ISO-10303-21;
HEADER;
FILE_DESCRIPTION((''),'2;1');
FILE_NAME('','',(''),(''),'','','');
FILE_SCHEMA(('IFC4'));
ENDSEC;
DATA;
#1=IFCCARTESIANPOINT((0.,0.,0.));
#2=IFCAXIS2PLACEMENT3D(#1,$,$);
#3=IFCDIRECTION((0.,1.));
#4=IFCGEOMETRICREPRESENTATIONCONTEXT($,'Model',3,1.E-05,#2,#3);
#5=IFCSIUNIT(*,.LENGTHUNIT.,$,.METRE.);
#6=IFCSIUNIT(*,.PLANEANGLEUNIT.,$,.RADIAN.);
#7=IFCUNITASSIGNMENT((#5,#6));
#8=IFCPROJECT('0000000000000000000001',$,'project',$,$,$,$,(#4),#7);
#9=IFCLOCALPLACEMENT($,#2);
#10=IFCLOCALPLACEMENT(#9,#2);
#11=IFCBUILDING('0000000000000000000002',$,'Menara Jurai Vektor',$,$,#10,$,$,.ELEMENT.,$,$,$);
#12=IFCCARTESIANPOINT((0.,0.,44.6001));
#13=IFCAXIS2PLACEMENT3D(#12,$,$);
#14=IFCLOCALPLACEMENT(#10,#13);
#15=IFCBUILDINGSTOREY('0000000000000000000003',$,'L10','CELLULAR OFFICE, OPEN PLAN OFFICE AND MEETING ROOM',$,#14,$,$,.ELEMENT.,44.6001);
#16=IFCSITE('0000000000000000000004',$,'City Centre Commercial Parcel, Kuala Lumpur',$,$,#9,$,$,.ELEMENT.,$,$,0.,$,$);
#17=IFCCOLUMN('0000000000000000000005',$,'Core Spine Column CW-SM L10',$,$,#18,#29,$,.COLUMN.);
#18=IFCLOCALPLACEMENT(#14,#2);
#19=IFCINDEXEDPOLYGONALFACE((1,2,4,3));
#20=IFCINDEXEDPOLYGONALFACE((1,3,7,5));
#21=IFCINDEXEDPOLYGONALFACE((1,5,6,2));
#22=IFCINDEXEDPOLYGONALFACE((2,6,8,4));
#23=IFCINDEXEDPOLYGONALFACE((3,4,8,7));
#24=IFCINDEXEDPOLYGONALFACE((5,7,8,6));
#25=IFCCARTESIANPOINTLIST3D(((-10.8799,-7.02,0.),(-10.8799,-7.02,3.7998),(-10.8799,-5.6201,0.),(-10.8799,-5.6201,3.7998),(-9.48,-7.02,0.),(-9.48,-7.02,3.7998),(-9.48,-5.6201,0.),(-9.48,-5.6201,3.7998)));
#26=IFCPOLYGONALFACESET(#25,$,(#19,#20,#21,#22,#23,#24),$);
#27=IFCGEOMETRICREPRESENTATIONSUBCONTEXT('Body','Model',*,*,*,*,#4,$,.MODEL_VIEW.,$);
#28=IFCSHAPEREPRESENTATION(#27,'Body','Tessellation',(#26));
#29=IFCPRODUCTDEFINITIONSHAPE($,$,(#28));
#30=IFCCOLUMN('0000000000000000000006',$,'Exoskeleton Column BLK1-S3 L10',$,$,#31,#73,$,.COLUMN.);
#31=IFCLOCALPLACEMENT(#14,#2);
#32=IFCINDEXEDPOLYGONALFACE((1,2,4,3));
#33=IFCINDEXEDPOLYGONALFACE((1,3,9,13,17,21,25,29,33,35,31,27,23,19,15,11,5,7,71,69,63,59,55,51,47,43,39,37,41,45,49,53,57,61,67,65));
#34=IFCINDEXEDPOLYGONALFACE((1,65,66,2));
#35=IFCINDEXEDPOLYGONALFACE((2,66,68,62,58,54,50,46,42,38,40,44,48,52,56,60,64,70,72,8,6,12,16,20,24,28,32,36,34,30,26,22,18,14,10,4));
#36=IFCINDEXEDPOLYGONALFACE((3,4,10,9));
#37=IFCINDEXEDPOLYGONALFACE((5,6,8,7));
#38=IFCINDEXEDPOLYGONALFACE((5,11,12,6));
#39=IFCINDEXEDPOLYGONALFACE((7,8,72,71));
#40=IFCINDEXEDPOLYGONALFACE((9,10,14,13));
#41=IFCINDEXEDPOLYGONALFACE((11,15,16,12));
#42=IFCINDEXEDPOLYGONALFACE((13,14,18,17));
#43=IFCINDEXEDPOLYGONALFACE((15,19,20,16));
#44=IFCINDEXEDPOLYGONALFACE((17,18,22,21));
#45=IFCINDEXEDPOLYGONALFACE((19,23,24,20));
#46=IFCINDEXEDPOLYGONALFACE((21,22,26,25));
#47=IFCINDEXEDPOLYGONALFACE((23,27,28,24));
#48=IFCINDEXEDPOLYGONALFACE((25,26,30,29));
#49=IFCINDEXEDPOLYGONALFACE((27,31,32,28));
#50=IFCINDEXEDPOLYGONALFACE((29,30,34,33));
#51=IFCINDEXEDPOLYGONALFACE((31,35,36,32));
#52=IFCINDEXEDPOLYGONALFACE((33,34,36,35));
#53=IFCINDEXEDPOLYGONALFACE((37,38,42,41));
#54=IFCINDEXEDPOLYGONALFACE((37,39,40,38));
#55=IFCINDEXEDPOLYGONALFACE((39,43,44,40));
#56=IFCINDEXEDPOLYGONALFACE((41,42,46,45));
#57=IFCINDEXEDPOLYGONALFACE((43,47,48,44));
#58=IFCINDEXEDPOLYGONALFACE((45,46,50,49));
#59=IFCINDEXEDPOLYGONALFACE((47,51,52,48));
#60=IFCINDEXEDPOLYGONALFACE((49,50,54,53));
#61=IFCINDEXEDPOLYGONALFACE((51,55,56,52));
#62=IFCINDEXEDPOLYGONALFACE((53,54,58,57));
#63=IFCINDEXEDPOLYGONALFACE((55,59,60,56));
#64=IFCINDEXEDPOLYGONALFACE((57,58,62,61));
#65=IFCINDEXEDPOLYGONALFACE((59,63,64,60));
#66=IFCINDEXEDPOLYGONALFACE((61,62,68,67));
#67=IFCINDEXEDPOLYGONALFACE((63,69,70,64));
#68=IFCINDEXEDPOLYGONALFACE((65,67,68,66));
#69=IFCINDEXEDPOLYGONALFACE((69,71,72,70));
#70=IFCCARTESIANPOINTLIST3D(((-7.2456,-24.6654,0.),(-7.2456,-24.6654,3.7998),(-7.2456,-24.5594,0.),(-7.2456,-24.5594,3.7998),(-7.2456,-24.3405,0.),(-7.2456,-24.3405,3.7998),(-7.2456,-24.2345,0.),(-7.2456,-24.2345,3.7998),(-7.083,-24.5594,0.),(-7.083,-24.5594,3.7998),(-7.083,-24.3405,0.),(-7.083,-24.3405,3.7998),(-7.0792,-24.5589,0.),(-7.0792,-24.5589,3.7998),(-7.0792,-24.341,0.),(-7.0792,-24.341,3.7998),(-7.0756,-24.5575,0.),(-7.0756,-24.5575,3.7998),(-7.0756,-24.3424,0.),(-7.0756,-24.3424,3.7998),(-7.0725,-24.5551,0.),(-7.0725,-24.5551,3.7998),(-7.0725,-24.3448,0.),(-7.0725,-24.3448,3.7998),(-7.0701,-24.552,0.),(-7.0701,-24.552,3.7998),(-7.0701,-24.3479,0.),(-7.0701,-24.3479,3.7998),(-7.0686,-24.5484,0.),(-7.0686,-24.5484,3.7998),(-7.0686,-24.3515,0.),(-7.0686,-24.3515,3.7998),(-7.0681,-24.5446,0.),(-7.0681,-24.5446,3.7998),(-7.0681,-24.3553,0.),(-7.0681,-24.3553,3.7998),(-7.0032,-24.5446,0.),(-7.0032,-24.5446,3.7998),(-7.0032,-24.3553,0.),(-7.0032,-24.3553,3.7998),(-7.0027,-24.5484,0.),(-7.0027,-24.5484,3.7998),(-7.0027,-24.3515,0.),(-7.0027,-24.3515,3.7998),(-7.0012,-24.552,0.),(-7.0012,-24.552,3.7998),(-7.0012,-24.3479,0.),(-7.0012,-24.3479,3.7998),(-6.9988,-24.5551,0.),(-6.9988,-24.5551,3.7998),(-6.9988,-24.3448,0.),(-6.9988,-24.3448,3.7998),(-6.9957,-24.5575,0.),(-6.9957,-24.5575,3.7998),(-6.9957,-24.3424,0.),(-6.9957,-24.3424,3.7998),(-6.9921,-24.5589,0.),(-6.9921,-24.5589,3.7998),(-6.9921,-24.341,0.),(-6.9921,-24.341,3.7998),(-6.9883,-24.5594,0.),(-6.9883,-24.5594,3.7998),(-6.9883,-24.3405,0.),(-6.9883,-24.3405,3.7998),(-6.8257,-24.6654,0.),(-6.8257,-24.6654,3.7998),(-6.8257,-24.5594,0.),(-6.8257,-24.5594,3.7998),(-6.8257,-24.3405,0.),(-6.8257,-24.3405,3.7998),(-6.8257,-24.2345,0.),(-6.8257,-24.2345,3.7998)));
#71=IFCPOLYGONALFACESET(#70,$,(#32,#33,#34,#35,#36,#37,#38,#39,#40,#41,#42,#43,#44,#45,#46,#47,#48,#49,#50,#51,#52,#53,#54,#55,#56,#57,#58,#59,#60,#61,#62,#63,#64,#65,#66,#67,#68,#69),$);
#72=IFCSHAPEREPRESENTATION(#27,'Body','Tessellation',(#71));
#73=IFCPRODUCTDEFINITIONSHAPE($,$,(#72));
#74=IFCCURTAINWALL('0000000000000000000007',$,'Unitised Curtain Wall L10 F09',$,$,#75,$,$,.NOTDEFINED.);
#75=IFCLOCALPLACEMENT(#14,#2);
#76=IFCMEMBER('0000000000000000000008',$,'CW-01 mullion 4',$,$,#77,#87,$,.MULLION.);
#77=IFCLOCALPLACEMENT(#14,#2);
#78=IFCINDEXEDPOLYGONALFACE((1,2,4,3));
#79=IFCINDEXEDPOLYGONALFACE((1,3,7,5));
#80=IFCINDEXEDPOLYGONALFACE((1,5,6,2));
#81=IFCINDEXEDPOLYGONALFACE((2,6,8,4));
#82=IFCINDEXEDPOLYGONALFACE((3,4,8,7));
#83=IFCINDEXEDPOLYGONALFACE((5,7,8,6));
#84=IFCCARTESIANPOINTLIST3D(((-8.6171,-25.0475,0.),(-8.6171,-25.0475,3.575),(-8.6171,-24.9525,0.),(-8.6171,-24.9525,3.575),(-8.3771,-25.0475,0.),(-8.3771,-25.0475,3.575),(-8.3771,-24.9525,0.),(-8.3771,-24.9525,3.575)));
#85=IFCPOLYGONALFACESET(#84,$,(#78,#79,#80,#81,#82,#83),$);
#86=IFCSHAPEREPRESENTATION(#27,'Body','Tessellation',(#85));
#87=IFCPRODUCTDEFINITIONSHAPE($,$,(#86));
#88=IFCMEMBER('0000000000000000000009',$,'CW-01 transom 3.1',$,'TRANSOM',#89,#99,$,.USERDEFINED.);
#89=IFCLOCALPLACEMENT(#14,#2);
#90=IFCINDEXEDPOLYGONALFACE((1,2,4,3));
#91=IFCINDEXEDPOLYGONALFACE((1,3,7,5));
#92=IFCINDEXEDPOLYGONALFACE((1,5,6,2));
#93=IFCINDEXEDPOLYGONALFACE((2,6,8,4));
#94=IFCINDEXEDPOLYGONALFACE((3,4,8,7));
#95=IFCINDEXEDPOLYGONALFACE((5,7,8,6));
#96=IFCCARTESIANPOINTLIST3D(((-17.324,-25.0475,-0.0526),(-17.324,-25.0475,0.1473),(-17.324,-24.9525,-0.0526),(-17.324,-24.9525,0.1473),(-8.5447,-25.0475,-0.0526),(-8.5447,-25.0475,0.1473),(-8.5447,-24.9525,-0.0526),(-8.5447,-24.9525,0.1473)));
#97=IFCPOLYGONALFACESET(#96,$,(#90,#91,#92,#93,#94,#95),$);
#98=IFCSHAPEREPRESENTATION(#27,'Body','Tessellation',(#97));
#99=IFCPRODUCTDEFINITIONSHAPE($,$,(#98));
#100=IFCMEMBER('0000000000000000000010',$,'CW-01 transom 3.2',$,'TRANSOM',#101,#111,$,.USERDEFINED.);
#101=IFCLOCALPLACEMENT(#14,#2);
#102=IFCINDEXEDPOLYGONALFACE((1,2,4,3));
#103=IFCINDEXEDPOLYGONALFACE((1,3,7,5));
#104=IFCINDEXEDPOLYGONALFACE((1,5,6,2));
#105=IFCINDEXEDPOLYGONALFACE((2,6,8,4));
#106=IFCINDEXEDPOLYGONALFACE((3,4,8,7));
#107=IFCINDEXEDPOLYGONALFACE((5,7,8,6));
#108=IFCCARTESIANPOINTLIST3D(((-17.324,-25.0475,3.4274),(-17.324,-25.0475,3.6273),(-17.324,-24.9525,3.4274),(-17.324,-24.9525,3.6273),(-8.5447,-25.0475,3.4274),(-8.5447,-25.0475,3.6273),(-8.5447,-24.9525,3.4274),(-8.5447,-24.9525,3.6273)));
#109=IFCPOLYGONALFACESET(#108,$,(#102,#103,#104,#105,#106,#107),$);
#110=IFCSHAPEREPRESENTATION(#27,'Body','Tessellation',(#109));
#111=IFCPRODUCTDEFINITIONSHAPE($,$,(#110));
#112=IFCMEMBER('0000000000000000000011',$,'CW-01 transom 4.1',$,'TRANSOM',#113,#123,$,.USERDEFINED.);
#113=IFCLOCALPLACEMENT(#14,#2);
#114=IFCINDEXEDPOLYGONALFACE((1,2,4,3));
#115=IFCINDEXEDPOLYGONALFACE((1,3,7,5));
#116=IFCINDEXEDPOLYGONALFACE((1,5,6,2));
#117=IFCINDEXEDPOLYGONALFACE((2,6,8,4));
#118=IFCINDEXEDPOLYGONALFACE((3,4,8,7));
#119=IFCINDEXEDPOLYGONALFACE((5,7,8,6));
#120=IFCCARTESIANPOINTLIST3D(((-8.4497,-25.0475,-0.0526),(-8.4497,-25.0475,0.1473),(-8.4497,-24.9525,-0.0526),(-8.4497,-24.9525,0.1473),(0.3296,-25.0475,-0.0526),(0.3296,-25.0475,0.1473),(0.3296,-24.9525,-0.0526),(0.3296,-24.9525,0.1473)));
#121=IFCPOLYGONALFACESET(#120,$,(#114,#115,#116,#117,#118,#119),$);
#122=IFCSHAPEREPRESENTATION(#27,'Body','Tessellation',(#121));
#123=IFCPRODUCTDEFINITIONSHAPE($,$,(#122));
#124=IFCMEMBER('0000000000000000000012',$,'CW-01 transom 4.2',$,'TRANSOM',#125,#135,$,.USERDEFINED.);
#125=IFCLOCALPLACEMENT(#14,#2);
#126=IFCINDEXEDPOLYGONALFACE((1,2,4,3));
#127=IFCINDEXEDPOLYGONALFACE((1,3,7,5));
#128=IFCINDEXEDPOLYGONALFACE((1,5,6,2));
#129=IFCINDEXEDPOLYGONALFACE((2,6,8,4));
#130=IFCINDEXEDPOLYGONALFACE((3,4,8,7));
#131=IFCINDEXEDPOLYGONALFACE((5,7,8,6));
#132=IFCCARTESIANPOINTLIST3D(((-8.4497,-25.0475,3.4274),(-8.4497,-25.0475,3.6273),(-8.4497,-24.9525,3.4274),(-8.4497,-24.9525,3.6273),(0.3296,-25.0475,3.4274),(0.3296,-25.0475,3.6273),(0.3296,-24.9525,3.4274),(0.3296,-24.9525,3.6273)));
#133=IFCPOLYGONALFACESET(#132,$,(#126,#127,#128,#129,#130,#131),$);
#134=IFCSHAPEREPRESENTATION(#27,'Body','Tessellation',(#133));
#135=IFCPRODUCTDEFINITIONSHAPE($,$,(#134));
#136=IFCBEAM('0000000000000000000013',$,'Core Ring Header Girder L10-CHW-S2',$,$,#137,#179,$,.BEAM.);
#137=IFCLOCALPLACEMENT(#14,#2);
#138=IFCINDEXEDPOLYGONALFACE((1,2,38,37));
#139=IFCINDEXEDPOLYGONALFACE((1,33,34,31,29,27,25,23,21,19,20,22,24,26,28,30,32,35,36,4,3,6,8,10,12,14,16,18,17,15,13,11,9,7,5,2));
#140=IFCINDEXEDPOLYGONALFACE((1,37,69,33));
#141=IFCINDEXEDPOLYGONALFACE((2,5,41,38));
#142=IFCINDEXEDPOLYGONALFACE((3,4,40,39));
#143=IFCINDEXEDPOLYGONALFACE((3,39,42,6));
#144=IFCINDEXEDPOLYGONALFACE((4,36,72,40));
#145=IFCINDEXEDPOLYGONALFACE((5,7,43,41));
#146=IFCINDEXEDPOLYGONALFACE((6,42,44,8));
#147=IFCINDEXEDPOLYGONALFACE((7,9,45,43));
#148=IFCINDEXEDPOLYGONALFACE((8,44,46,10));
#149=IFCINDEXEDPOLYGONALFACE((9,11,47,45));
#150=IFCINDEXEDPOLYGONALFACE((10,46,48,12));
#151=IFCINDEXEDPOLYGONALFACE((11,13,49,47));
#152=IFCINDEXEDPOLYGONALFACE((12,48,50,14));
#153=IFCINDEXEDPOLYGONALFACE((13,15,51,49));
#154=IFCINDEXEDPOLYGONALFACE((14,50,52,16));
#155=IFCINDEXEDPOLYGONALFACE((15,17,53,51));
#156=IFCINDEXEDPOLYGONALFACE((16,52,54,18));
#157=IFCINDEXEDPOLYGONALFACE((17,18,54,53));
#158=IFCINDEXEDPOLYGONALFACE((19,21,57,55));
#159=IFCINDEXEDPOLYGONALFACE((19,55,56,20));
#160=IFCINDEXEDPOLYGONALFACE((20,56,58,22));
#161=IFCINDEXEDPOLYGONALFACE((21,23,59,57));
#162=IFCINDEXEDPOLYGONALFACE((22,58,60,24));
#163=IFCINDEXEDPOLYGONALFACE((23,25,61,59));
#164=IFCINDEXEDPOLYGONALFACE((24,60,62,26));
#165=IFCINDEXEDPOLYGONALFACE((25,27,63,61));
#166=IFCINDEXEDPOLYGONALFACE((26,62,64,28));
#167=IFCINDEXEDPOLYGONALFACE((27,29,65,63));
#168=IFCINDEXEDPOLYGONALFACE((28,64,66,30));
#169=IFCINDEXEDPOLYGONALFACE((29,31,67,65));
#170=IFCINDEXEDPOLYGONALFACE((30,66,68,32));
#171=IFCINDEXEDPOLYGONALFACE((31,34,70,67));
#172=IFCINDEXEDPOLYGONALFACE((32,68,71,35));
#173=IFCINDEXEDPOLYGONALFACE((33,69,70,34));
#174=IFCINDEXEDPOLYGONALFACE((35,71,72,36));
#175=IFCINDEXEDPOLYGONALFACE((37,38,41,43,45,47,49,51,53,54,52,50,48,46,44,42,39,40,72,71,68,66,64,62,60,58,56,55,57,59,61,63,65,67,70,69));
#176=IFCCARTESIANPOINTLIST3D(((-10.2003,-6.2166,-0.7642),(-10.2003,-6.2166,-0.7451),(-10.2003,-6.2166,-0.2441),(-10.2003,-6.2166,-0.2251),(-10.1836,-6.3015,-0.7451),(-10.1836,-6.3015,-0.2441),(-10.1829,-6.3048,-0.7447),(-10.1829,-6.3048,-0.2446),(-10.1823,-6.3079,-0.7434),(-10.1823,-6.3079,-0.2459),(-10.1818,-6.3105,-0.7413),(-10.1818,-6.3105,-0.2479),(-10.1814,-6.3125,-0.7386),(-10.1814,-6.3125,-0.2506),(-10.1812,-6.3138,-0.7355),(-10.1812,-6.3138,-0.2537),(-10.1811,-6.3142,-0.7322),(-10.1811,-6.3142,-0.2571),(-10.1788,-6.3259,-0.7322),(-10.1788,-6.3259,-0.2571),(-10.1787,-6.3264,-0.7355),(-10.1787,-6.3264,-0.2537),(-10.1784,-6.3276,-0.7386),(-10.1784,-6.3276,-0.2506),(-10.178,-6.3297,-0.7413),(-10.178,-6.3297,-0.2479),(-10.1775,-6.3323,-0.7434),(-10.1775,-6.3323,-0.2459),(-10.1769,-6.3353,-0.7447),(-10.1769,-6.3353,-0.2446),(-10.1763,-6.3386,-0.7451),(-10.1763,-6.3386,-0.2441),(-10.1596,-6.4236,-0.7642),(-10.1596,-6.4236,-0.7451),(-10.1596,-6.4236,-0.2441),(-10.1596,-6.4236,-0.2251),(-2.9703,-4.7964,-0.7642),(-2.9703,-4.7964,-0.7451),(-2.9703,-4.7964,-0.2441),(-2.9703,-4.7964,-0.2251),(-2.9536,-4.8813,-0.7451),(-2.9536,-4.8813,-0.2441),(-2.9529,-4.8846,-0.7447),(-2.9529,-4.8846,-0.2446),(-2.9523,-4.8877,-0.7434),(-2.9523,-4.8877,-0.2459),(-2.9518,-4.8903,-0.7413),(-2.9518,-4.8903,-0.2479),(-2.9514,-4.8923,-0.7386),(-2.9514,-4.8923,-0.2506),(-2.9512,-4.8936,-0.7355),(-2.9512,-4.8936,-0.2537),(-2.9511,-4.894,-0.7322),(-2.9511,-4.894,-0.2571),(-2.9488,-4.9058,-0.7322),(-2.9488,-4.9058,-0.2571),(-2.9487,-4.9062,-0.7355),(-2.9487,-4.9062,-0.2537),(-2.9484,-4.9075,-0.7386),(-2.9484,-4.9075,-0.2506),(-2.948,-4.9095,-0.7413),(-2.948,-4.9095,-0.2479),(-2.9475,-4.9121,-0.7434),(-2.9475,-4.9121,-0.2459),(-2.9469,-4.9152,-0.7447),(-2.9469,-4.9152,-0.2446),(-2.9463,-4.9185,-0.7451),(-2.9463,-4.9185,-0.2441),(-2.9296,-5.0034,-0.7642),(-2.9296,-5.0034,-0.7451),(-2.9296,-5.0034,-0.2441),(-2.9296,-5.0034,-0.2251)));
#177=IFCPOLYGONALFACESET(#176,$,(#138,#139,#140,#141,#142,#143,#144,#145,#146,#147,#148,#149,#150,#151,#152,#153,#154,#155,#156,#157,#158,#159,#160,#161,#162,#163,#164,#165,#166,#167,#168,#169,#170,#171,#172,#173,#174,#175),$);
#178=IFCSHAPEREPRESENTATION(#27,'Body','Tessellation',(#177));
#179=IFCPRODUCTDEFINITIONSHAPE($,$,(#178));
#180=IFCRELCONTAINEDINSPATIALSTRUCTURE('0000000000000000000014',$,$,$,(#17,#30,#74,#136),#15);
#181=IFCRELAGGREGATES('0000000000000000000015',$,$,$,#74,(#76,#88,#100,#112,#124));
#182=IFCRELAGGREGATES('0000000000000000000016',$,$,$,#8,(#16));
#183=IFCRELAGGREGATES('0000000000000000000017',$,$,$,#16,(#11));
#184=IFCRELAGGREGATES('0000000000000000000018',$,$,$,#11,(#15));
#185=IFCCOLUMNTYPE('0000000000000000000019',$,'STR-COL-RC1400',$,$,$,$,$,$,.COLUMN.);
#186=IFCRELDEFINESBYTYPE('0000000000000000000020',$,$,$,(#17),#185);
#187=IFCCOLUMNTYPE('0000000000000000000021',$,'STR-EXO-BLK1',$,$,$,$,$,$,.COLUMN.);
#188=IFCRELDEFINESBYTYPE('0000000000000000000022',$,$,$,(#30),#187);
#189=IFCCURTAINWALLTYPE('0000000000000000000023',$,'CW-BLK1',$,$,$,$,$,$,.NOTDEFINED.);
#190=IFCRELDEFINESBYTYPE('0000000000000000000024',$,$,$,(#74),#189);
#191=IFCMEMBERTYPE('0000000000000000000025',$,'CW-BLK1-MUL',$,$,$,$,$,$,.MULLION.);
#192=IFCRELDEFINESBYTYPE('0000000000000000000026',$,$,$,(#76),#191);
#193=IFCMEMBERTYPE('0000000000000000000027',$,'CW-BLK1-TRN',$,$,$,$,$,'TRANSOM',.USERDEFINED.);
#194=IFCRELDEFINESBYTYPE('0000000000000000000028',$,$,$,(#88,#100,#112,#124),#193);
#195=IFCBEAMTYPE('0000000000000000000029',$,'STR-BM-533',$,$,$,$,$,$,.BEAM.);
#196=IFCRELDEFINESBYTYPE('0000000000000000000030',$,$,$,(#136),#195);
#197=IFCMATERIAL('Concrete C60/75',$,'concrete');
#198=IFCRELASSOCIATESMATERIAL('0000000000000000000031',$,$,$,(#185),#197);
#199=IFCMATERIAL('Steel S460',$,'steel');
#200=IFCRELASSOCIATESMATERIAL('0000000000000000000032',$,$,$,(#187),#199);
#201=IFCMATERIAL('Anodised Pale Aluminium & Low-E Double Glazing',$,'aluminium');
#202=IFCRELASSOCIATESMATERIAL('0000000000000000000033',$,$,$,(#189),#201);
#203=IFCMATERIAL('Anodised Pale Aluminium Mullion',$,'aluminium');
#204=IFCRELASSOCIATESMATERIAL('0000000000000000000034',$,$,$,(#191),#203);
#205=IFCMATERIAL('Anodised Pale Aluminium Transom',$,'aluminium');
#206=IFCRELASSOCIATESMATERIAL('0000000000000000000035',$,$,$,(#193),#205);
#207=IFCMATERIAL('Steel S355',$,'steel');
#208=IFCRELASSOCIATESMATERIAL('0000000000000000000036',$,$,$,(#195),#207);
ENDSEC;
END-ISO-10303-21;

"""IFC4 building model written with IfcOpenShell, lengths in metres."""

from ifc_helpers import new_model, si_unit, direction, frame, origin, origin_2d, place, context, subcontext, project, spatial, rectangle, i_section, extrude, material, material_profile, profile_set, type_object, element, aggregate, save


model = new_model("IFC4")

# Units and contexts
model_context = context("Model", 3, precision=1e-05, world=origin(), true_north=direction((0.0, 1.0)))
body_context = subcontext(model_context, "Body", "Model", "MODEL_VIEW")
ifc_project = project(units=[si_unit("LENGTHUNIT", "METRE"), si_unit("PLANEANGLEUNIT", "RADIAN")], contexts=[model_context])

# Site, building, storey
site_placement = place(None, origin())
site = spatial("IfcSite", under=ifc_project, at=site_placement, Name="City Centre Commercial Parcel, Kuala Lumpur", CompositionType="ELEMENT", RefElevation=0.0)
building_placement = place(site_placement, origin())
building = spatial("IfcBuilding", under=site, at=building_placement, Name="Menara Jurai Vektor", CompositionType="ELEMENT")
storey_placement = place(building_placement, frame((0.0, 0.0, 44.6001)))
storey = spatial("IfcBuildingStorey", under=building, at=storey_placement, Name="L10", Description="CELLULAR OFFICE, OPEN PLAN OFFICE AND MEETING ROOM", CompositionType="ELEMENT", Elevation=44.6001)

# Columns
ifc_material_1 = material(Name="Concrete C60/75", Category="concrete")
ifc_material_profile_1 = material_profile(ifc_material_1, rectangle(XDim=1.3999, YDim=1.3999, at=origin_2d()), Name="RC 1400x1400")
ifc_profile_set_1 = profile_set([ifc_material_profile_1], Name="Concrete C60/75")
column_type_1 = type_object("IfcColumnType", Name="STR-COL-RC1400", PredefinedType="COLUMN", material=ifc_profile_set_1)
column_1_placement = place(storey_placement, frame((-10.1799, -6.3201, 0.0), z_axis=(0.0, 0.0, 1.0), x_axis=(1.0, 0.0, 0.0)))
element("IfcColumn", 1, at=column_1_placement, inside=storey, type_object=column_type_1, Name="Core Spine Column CW-SM L10", PredefinedType="COLUMN", context=body_context, shape_type="SweptSolid", body=[
    extrude(rectangle(XDim=1.3999, YDim=1.3999, at=origin_2d()), origin(), (0.0, 0.0, 1.0), 3.7998),
])
ifc_material_2 = material(Name="Steel S460", Category="steel")
ifc_material_profile_2 = material_profile(ifc_material_2, i_section(OverallWidth=0.4199, OverallDepth=0.4309, WebThickness=0.0649, FlangeThickness=0.106, FilletRadius=0.0149, at=origin_2d()), Name="HD 400x900")
ifc_profile_set_2 = profile_set([ifc_material_profile_2], Name="Steel S460")
column_type_2 = type_object("IfcColumnType", Name="STR-EXO-BLK1", PredefinedType="COLUMN", material=ifc_profile_set_2)
column_2_placement = place(storey_placement, frame((-7.0356, -24.45, 0.0), z_axis=(0.0, 0.0, 1.0), x_axis=(1.0, 0.0, 0.0)))
element("IfcColumn", 2, at=column_2_placement, inside=storey, type_object=column_type_2, Name="Exoskeleton Column BLK1-S3 L10", PredefinedType="COLUMN", context=body_context, shape_type="SweptSolid", body=[
    extrude(i_section(OverallWidth=0.4199, OverallDepth=0.4309, WebThickness=0.0649, FlangeThickness=0.106, FilletRadius=0.0149, at=origin_2d()), origin(), (0.0, 0.0, 1.0), 3.7998),
])

# Curtain wall, members
ifc_material_3 = material(Name="Anodised Pale Aluminium & Low-E Double Glazing", Category="aluminium")
curtain_wall_type = type_object("IfcCurtainWallType", Name="CW-BLK1", PredefinedType="NOTDEFINED", material=ifc_material_3)
curtain_wall_placement = place(storey_placement, origin())
curtain_wall = element("IfcCurtainWall", 3, at=curtain_wall_placement, inside=storey, type_object=curtain_wall_type, Name="Unitised Curtain Wall L10 F09", PredefinedType="NOTDEFINED")
ifc_material_4 = material(Name="Anodised Pale Aluminium Mullion", Category="aluminium")
ifc_material_profile_3 = material_profile(ifc_material_4, rectangle(XDim=0.095, YDim=0.24, at=origin_2d()), Name="ALU MUL 95x240")
ifc_profile_set_3 = profile_set([ifc_material_profile_3], Name="Anodised Pale Aluminium Mullion")
member_type_1 = type_object("IfcMemberType", Name="CW-BLK1-MUL", PredefinedType="MULLION", material=ifc_profile_set_3)
member_1_placement = place(storey_placement, frame((-8.4971, -25.0, 0.0), z_axis=(0.0, 0.0, 1.0), x_axis=(0.0, 1.0, 0.0)))
member_1 = element("IfcMember", 4, at=member_1_placement, type_object=member_type_1, Name="CW-01 mullion 4", PredefinedType="MULLION", context=body_context, shape_type="SweptSolid", body=[
    extrude(rectangle(XDim=0.095, YDim=0.24, at=origin_2d()), origin(), (0.0, 0.0, 1.0), 3.575),
])
ifc_material_5 = material(Name="Anodised Pale Aluminium Transom", Category="aluminium")
ifc_material_profile_4 = material_profile(ifc_material_5, rectangle(XDim=0.095, YDim=0.2, at=origin_2d()), Name="ALU TRN 95x200")
ifc_profile_set_4 = profile_set([ifc_material_profile_4], Name="Anodised Pale Aluminium Transom")
member_type_2 = type_object("IfcMemberType", Name="CW-BLK1-TRN", ElementType="TRANSOM", PredefinedType="USERDEFINED", material=ifc_profile_set_4)
member_2_placement = place(storey_placement, frame((-17.324, -25.0, 0.0474), z_axis=(1.0, 0.0, 0.0), x_axis=(0.0, 1.0, 0.0)))
member_2 = element("IfcMember", 5, at=member_2_placement, type_object=member_type_2, Name="CW-01 transom 3.1", ObjectType="TRANSOM", PredefinedType="USERDEFINED", context=body_context, shape_type="SweptSolid", body=[
    extrude(rectangle(XDim=0.095, YDim=0.2, at=origin_2d()), origin(), (0.0, 0.0, 1.0), 8.7793),
])
member_3_placement = place(storey_placement, frame((-17.324, -25.0, 3.5273), z_axis=(1.0, 0.0, 0.0), x_axis=(0.0, 1.0, 0.0)))
member_3 = element("IfcMember", 6, at=member_3_placement, type_object=member_type_2, Name="CW-01 transom 3.2", ObjectType="TRANSOM", PredefinedType="USERDEFINED", context=body_context, shape_type="SweptSolid", body=[
    extrude(rectangle(XDim=0.095, YDim=0.2, at=origin_2d()), origin(), (0.0, 0.0, 1.0), 8.7793),
])
member_4_placement = place(storey_placement, frame((-8.4497, -25.0, 0.0474), z_axis=(1.0, 0.0, 0.0), x_axis=(0.0, 1.0, 0.0)))
member_4 = element("IfcMember", 7, at=member_4_placement, type_object=member_type_2, Name="CW-01 transom 4.1", ObjectType="TRANSOM", PredefinedType="USERDEFINED", context=body_context, shape_type="SweptSolid", body=[
    extrude(rectangle(XDim=0.095, YDim=0.2, at=origin_2d()), origin(), (0.0, 0.0, 1.0), 8.7793),
])
member_5_placement = place(storey_placement, frame((-8.4497, -25.0, 3.5273), z_axis=(1.0, 0.0, 0.0), x_axis=(0.0, 1.0, 0.0)))
member_5 = element("IfcMember", 8, at=member_5_placement, type_object=member_type_2, Name="CW-01 transom 4.2", ObjectType="TRANSOM", PredefinedType="USERDEFINED", context=body_context, shape_type="SweptSolid", body=[
    extrude(rectangle(XDim=0.095, YDim=0.2, at=origin_2d()), origin(), (0.0, 0.0, 1.0), 8.7793),
])

# Beam
ifc_material_6 = material(Name="Steel S355", Category="steel")
ifc_material_profile_5 = material_profile(ifc_material_6, i_section(OverallWidth=0.2109, OverallDepth=0.5391, WebThickness=0.012, FlangeThickness=0.019, FilletRadius=0.0129, at=origin_2d()), Name="UKB 533x210x109")
ifc_profile_set_5 = profile_set([ifc_material_profile_5], Name="Steel S355")
beam_type_1 = type_object("IfcBeamType", Name="STR-BM-533", PredefinedType="BEAM", material=ifc_profile_set_5)
beam_1_placement = place(storey_placement, frame((-10.1799, -6.3201, -0.4946), z_axis=(0.981249, 0.192744, 0.0), x_axis=(-0.192744, 0.981249, 0.0)))
element("IfcBeam", 9, at=beam_1_placement, inside=storey, type_object=beam_type_1, Name="Core Ring Header Girder L10-CHW-S2", PredefinedType="BEAM", context=body_context, shape_type="SweptSolid", body=[
    extrude(i_section(OverallWidth=0.2109, OverallDepth=0.5391, WebThickness=0.012, FlangeThickness=0.019, FilletRadius=0.0129, at=origin_2d()), origin(), (0.0, 0.0, 1.0), 7.3682),
])

aggregate(curtain_wall, [member_1, member_2, member_3, member_4, member_5])

save(model, "model.ifc")
